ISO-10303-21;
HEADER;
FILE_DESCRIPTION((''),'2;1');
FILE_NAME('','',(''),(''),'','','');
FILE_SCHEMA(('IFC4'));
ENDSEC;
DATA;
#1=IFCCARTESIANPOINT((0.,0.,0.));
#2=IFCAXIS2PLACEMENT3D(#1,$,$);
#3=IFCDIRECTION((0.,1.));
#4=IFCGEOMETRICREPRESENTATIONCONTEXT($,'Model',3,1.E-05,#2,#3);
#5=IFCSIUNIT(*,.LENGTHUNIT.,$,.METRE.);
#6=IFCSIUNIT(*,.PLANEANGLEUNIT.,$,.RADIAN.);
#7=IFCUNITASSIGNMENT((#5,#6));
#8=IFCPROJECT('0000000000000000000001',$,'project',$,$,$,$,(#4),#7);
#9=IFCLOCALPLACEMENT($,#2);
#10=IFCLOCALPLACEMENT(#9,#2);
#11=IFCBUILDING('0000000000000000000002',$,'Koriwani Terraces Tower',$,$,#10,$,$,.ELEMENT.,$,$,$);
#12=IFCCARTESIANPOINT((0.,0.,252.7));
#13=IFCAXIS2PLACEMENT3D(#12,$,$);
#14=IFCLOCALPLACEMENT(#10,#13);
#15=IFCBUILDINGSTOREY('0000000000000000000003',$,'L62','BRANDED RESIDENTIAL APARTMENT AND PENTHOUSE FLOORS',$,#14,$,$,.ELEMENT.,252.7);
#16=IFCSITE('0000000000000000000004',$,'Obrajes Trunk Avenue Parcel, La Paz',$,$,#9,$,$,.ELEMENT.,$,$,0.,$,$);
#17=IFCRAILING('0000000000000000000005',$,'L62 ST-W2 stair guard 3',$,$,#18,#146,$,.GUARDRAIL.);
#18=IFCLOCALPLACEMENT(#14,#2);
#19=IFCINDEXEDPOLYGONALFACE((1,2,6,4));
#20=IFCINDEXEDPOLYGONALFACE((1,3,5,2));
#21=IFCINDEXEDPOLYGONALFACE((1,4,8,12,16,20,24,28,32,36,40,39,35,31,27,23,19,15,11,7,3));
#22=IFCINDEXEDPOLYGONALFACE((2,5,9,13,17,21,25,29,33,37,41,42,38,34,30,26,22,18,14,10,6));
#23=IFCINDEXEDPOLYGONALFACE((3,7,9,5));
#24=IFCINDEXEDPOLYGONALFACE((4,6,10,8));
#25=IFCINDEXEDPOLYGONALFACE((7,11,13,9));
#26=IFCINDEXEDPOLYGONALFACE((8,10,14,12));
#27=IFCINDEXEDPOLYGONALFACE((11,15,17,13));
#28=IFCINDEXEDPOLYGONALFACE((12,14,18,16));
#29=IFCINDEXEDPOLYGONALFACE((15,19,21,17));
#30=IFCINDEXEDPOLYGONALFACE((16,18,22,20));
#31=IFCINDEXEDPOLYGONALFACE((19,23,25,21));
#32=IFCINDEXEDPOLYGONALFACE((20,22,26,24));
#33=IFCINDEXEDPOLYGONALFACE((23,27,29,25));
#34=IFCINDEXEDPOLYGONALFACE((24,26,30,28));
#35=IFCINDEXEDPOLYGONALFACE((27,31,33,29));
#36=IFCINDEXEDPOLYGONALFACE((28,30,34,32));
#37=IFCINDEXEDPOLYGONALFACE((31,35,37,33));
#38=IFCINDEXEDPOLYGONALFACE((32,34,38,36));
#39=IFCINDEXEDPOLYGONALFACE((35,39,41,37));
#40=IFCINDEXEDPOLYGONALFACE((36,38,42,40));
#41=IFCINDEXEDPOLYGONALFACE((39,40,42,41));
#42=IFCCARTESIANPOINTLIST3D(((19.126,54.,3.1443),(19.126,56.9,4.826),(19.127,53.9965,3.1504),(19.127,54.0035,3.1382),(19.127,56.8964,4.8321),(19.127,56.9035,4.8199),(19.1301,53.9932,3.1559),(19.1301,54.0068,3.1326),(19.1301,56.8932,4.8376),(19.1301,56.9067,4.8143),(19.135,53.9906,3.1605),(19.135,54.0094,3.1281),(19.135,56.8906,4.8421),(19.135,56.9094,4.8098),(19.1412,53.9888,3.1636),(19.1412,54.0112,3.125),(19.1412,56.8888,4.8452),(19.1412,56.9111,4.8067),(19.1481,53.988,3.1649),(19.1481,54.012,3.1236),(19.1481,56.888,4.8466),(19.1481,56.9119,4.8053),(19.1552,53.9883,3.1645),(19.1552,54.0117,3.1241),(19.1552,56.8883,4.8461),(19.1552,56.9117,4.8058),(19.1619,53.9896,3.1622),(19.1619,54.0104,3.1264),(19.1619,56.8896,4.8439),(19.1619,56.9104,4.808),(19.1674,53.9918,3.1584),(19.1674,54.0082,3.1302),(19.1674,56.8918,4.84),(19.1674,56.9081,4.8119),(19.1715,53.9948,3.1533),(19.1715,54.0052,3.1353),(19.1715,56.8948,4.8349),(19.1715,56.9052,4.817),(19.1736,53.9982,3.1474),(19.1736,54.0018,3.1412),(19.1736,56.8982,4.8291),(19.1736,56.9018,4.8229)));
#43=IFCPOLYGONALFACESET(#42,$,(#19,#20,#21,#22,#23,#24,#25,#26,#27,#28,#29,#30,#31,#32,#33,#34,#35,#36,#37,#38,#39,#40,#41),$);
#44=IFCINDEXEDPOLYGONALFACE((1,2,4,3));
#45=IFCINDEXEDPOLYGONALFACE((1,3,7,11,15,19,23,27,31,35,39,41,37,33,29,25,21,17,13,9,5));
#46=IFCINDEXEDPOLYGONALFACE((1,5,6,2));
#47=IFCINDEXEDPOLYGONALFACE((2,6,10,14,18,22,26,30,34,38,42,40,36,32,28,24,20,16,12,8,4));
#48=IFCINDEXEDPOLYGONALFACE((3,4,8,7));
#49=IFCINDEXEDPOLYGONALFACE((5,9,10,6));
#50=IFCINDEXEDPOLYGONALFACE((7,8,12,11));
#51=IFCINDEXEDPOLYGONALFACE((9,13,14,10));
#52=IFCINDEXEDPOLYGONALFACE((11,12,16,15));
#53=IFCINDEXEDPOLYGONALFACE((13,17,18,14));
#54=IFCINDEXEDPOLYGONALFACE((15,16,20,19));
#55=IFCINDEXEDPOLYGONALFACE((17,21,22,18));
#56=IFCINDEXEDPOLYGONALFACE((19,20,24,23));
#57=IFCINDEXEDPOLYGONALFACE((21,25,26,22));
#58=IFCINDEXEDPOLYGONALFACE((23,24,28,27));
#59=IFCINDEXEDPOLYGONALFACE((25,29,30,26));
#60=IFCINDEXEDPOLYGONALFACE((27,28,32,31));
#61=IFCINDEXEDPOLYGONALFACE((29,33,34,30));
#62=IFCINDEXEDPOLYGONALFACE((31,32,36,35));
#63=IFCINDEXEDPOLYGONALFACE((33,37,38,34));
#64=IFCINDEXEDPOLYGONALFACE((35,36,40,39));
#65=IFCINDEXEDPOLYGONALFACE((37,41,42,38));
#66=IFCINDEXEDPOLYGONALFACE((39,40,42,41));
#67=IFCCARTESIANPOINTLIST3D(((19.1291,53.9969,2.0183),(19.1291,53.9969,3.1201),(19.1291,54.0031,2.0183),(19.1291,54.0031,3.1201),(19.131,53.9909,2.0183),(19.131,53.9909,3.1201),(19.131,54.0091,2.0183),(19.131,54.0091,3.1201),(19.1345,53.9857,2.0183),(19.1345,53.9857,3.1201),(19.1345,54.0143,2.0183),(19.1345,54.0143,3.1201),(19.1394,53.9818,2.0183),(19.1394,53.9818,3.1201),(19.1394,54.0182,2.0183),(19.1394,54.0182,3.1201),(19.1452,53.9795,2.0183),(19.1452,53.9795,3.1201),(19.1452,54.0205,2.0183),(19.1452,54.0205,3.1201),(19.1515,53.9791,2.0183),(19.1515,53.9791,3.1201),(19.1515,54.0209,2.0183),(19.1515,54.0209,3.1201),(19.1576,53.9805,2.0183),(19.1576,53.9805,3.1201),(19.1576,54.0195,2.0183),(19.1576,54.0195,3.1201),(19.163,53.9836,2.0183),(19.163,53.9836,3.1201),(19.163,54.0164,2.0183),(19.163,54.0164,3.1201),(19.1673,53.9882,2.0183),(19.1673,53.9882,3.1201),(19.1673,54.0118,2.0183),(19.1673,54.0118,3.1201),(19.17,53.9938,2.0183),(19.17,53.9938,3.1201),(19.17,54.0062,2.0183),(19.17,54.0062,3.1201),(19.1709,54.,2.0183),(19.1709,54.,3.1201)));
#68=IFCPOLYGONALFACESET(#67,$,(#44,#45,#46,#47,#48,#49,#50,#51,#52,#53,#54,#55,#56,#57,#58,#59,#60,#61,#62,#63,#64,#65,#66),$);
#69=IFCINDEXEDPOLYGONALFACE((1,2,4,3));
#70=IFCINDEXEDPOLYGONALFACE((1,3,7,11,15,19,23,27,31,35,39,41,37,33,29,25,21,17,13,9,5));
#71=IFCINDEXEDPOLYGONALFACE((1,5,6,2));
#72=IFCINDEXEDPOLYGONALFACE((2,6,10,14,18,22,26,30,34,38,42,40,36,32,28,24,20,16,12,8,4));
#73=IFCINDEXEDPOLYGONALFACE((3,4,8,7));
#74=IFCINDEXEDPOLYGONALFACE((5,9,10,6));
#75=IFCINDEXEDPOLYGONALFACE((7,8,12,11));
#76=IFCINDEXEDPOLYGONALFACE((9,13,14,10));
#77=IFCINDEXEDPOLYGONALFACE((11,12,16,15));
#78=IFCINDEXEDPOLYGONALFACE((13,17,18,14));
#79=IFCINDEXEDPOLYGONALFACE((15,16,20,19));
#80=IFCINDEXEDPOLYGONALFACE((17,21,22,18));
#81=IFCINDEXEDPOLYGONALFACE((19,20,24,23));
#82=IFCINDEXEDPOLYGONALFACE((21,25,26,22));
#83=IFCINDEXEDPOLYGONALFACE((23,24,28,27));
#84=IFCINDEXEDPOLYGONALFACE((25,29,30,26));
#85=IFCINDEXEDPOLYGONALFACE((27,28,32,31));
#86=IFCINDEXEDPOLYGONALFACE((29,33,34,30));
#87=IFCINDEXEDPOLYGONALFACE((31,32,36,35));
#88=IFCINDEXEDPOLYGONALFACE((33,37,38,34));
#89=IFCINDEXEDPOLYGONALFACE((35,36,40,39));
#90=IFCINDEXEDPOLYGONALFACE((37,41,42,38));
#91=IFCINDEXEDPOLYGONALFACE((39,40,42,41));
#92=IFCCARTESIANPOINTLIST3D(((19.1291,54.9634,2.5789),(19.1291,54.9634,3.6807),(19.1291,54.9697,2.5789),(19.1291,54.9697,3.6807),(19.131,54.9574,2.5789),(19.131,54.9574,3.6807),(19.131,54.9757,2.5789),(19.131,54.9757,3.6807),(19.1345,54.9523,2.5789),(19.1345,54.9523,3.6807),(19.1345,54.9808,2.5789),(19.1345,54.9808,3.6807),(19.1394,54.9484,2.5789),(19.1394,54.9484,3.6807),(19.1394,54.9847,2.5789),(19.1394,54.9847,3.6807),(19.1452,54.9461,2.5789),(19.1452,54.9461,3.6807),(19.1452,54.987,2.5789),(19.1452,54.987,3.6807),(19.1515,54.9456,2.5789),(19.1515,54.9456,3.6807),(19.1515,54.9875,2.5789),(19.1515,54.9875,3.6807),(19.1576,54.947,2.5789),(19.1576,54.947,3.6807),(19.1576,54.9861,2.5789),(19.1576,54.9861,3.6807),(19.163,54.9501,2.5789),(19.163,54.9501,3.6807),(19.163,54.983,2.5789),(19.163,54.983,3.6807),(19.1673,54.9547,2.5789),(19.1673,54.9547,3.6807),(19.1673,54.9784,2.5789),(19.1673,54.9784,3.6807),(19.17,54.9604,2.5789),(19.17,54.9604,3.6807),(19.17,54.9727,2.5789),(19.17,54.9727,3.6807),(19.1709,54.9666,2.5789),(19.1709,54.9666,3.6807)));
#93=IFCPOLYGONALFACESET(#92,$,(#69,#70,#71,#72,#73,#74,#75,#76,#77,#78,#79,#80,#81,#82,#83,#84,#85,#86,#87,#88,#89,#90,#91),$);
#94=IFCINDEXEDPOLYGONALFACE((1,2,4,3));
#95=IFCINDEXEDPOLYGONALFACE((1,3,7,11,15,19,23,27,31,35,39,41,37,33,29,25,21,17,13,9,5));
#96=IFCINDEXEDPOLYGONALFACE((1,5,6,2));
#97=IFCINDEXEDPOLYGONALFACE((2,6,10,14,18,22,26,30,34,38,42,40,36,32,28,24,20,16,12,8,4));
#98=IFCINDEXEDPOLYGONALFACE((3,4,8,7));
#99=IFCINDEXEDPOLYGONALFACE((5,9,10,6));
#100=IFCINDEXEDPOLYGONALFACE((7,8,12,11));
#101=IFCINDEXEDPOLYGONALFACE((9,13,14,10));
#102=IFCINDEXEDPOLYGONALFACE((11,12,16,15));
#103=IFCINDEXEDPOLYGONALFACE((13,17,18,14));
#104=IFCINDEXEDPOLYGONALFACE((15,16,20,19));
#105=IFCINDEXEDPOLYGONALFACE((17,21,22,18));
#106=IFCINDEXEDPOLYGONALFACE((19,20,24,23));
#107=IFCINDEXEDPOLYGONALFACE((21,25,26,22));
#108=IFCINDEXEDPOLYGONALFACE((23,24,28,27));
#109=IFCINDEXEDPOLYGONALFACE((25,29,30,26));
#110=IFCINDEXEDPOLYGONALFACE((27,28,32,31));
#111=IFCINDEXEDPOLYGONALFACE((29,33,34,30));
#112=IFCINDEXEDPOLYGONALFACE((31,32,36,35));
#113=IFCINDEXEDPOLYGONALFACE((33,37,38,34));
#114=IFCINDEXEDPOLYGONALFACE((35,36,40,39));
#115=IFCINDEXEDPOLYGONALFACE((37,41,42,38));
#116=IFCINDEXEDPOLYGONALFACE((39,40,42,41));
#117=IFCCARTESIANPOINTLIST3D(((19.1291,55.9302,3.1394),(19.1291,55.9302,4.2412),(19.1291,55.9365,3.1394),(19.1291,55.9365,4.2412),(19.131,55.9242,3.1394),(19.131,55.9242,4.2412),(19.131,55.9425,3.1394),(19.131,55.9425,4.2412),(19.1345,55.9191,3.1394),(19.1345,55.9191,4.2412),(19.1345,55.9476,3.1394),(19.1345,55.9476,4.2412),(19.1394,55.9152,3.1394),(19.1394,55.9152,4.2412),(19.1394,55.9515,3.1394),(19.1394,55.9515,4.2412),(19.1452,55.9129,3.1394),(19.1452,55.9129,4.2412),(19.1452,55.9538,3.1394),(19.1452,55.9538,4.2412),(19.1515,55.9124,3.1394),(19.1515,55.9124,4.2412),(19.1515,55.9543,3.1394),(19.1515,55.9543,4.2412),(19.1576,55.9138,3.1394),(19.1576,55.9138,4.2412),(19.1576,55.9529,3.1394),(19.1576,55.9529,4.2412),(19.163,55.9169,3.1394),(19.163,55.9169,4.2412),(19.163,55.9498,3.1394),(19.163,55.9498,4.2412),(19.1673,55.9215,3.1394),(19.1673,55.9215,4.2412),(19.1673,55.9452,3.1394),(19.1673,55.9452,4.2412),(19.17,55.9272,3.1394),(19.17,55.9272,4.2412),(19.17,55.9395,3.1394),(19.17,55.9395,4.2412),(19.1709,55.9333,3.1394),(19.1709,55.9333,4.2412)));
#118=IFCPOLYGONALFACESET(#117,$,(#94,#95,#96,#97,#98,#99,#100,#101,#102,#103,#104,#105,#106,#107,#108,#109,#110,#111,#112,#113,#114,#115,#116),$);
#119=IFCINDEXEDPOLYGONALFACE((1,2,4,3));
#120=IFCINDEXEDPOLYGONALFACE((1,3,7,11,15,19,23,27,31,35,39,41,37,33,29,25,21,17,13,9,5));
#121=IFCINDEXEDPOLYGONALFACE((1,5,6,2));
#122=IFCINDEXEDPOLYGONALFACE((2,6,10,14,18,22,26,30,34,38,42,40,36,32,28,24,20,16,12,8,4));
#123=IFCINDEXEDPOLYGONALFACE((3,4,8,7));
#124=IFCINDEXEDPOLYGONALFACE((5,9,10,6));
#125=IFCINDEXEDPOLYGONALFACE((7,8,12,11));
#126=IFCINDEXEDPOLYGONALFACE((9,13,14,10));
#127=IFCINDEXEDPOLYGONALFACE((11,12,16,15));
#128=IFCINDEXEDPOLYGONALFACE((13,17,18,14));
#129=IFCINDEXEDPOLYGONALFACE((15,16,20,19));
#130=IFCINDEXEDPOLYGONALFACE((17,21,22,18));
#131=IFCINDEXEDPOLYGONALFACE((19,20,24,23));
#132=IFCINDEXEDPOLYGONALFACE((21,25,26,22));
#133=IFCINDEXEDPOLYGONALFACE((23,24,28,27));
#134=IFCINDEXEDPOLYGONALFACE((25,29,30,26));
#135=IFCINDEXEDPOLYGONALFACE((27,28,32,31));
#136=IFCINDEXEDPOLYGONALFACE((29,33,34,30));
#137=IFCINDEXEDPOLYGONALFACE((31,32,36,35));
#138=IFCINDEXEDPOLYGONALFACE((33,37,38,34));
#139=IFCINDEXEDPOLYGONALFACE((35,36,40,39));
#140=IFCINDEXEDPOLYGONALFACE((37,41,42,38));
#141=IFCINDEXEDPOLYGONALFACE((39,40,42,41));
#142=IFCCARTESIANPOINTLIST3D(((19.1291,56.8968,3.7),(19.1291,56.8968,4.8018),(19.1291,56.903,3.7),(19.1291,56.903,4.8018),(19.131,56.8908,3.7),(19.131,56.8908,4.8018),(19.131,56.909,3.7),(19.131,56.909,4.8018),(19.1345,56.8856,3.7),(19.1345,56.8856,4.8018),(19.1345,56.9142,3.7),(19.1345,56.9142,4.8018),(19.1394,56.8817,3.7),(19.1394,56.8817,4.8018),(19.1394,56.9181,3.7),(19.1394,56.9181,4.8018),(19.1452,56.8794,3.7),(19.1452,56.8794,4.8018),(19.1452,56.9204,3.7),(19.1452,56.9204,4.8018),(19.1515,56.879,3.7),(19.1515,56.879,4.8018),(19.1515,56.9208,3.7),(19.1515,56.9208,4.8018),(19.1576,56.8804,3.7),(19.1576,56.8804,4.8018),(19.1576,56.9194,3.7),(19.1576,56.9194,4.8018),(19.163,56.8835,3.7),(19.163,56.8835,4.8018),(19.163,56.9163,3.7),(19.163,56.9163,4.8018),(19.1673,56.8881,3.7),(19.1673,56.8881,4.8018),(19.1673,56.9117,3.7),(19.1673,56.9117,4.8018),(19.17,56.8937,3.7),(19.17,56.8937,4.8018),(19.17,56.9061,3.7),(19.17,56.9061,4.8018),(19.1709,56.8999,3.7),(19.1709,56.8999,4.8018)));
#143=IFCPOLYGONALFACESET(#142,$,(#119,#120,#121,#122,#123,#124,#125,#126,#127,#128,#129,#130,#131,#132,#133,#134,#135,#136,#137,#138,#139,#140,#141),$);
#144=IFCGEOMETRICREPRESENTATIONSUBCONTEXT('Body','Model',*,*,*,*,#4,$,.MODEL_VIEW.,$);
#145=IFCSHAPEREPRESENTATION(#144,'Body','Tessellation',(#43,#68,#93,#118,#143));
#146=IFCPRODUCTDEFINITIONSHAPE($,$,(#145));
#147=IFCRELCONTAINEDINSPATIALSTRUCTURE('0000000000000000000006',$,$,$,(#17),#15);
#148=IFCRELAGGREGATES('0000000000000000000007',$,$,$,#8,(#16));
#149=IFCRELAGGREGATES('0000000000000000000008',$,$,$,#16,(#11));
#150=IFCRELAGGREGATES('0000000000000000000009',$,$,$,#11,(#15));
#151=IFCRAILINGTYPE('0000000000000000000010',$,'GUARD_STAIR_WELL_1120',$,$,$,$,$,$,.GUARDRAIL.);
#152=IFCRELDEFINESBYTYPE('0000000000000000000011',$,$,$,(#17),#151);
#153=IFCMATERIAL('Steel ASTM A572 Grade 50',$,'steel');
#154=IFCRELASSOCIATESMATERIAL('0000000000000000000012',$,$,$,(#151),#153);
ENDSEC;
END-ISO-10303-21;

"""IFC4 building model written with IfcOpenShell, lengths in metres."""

from ifc_helpers import new_model, si_unit, direction, frame, origin, origin_2d, place, context, subcontext, project, spatial, circle, extrude, material, type_object, element, save


model = new_model("IFC4")

# Units and contexts
model_context = context("Model", 3, precision=1e-05, world=origin(), true_north=direction((0.0, 1.0)))
body_context = subcontext(model_context, "Body", "Model", "MODEL_VIEW")
ifc_project = project(units=[si_unit("LENGTHUNIT", "METRE"), si_unit("PLANEANGLEUNIT", "RADIAN")], contexts=[model_context])

# Site, building, storey
site_placement = place(None, origin())
site = spatial("IfcSite", under=ifc_project, at=site_placement, Name="Obrajes Trunk Avenue Parcel, La Paz", CompositionType="ELEMENT", RefElevation=0.0)
building_placement = place(site_placement, origin())
building = spatial("IfcBuilding", under=site, at=building_placement, Name="Koriwani Terraces Tower", CompositionType="ELEMENT")
storey_placement = place(building_placement, frame((0.0, 0.0, 252.7)))
storey = spatial("IfcBuildingStorey", under=building, at=storey_placement, Name="L62", Description="BRANDED RESIDENTIAL APARTMENT AND PENTHOUSE FLOORS", CompositionType="ELEMENT", Elevation=252.7)

# Shared definitions
ifc_material_1 = material(Name="Steel ASTM A572 Grade 50", Category="steel")

# Railing
railing_type_1 = type_object("IfcRailingType", Name="GUARD_STAIR_WELL_1120", PredefinedType="GUARDRAIL", material=ifc_material_1)
railing_1_placement = place(storey_placement, frame((19.1499, 54.0, 2.0183)))
element("IfcRailing", 1, at=railing_1_placement, inside=storey, type_object=railing_type_1, Name="L62 ST-W2 stair guard 3", PredefinedType="GUARDRAIL", context=body_context, shape_type="SweptSolid", body=[
    extrude(circle(Radius=0.0239, at=origin_2d()), frame((0.0, 0.0, 1.126), z_axis=(0.0, 0.86507, 0.501651), x_axis=(-1.0, 0.0, 0.0)), (0.0, 0.0, 1.0), 3.3523),
    extrude(circle(Radius=0.021, at=origin_2d()), origin(), (0.0, 0.0, 1.0), 1.1018),
    extrude(circle(Radius=0.021, at=origin_2d()), frame((0.0, 0.9666, 0.5605)), (0.0, 0.0, 1.0), 1.1018),
    extrude(circle(Radius=0.021, at=origin_2d()), frame((0.0, 1.9333, 1.1211)), (0.0, 0.0, 1.0), 1.1018),
    extrude(circle(Radius=0.021, at=origin_2d()), frame((0.0, 2.8999, 1.6816)), (0.0, 0.0, 1.0), 1.1018),
])

save(model, "model.ifc")
